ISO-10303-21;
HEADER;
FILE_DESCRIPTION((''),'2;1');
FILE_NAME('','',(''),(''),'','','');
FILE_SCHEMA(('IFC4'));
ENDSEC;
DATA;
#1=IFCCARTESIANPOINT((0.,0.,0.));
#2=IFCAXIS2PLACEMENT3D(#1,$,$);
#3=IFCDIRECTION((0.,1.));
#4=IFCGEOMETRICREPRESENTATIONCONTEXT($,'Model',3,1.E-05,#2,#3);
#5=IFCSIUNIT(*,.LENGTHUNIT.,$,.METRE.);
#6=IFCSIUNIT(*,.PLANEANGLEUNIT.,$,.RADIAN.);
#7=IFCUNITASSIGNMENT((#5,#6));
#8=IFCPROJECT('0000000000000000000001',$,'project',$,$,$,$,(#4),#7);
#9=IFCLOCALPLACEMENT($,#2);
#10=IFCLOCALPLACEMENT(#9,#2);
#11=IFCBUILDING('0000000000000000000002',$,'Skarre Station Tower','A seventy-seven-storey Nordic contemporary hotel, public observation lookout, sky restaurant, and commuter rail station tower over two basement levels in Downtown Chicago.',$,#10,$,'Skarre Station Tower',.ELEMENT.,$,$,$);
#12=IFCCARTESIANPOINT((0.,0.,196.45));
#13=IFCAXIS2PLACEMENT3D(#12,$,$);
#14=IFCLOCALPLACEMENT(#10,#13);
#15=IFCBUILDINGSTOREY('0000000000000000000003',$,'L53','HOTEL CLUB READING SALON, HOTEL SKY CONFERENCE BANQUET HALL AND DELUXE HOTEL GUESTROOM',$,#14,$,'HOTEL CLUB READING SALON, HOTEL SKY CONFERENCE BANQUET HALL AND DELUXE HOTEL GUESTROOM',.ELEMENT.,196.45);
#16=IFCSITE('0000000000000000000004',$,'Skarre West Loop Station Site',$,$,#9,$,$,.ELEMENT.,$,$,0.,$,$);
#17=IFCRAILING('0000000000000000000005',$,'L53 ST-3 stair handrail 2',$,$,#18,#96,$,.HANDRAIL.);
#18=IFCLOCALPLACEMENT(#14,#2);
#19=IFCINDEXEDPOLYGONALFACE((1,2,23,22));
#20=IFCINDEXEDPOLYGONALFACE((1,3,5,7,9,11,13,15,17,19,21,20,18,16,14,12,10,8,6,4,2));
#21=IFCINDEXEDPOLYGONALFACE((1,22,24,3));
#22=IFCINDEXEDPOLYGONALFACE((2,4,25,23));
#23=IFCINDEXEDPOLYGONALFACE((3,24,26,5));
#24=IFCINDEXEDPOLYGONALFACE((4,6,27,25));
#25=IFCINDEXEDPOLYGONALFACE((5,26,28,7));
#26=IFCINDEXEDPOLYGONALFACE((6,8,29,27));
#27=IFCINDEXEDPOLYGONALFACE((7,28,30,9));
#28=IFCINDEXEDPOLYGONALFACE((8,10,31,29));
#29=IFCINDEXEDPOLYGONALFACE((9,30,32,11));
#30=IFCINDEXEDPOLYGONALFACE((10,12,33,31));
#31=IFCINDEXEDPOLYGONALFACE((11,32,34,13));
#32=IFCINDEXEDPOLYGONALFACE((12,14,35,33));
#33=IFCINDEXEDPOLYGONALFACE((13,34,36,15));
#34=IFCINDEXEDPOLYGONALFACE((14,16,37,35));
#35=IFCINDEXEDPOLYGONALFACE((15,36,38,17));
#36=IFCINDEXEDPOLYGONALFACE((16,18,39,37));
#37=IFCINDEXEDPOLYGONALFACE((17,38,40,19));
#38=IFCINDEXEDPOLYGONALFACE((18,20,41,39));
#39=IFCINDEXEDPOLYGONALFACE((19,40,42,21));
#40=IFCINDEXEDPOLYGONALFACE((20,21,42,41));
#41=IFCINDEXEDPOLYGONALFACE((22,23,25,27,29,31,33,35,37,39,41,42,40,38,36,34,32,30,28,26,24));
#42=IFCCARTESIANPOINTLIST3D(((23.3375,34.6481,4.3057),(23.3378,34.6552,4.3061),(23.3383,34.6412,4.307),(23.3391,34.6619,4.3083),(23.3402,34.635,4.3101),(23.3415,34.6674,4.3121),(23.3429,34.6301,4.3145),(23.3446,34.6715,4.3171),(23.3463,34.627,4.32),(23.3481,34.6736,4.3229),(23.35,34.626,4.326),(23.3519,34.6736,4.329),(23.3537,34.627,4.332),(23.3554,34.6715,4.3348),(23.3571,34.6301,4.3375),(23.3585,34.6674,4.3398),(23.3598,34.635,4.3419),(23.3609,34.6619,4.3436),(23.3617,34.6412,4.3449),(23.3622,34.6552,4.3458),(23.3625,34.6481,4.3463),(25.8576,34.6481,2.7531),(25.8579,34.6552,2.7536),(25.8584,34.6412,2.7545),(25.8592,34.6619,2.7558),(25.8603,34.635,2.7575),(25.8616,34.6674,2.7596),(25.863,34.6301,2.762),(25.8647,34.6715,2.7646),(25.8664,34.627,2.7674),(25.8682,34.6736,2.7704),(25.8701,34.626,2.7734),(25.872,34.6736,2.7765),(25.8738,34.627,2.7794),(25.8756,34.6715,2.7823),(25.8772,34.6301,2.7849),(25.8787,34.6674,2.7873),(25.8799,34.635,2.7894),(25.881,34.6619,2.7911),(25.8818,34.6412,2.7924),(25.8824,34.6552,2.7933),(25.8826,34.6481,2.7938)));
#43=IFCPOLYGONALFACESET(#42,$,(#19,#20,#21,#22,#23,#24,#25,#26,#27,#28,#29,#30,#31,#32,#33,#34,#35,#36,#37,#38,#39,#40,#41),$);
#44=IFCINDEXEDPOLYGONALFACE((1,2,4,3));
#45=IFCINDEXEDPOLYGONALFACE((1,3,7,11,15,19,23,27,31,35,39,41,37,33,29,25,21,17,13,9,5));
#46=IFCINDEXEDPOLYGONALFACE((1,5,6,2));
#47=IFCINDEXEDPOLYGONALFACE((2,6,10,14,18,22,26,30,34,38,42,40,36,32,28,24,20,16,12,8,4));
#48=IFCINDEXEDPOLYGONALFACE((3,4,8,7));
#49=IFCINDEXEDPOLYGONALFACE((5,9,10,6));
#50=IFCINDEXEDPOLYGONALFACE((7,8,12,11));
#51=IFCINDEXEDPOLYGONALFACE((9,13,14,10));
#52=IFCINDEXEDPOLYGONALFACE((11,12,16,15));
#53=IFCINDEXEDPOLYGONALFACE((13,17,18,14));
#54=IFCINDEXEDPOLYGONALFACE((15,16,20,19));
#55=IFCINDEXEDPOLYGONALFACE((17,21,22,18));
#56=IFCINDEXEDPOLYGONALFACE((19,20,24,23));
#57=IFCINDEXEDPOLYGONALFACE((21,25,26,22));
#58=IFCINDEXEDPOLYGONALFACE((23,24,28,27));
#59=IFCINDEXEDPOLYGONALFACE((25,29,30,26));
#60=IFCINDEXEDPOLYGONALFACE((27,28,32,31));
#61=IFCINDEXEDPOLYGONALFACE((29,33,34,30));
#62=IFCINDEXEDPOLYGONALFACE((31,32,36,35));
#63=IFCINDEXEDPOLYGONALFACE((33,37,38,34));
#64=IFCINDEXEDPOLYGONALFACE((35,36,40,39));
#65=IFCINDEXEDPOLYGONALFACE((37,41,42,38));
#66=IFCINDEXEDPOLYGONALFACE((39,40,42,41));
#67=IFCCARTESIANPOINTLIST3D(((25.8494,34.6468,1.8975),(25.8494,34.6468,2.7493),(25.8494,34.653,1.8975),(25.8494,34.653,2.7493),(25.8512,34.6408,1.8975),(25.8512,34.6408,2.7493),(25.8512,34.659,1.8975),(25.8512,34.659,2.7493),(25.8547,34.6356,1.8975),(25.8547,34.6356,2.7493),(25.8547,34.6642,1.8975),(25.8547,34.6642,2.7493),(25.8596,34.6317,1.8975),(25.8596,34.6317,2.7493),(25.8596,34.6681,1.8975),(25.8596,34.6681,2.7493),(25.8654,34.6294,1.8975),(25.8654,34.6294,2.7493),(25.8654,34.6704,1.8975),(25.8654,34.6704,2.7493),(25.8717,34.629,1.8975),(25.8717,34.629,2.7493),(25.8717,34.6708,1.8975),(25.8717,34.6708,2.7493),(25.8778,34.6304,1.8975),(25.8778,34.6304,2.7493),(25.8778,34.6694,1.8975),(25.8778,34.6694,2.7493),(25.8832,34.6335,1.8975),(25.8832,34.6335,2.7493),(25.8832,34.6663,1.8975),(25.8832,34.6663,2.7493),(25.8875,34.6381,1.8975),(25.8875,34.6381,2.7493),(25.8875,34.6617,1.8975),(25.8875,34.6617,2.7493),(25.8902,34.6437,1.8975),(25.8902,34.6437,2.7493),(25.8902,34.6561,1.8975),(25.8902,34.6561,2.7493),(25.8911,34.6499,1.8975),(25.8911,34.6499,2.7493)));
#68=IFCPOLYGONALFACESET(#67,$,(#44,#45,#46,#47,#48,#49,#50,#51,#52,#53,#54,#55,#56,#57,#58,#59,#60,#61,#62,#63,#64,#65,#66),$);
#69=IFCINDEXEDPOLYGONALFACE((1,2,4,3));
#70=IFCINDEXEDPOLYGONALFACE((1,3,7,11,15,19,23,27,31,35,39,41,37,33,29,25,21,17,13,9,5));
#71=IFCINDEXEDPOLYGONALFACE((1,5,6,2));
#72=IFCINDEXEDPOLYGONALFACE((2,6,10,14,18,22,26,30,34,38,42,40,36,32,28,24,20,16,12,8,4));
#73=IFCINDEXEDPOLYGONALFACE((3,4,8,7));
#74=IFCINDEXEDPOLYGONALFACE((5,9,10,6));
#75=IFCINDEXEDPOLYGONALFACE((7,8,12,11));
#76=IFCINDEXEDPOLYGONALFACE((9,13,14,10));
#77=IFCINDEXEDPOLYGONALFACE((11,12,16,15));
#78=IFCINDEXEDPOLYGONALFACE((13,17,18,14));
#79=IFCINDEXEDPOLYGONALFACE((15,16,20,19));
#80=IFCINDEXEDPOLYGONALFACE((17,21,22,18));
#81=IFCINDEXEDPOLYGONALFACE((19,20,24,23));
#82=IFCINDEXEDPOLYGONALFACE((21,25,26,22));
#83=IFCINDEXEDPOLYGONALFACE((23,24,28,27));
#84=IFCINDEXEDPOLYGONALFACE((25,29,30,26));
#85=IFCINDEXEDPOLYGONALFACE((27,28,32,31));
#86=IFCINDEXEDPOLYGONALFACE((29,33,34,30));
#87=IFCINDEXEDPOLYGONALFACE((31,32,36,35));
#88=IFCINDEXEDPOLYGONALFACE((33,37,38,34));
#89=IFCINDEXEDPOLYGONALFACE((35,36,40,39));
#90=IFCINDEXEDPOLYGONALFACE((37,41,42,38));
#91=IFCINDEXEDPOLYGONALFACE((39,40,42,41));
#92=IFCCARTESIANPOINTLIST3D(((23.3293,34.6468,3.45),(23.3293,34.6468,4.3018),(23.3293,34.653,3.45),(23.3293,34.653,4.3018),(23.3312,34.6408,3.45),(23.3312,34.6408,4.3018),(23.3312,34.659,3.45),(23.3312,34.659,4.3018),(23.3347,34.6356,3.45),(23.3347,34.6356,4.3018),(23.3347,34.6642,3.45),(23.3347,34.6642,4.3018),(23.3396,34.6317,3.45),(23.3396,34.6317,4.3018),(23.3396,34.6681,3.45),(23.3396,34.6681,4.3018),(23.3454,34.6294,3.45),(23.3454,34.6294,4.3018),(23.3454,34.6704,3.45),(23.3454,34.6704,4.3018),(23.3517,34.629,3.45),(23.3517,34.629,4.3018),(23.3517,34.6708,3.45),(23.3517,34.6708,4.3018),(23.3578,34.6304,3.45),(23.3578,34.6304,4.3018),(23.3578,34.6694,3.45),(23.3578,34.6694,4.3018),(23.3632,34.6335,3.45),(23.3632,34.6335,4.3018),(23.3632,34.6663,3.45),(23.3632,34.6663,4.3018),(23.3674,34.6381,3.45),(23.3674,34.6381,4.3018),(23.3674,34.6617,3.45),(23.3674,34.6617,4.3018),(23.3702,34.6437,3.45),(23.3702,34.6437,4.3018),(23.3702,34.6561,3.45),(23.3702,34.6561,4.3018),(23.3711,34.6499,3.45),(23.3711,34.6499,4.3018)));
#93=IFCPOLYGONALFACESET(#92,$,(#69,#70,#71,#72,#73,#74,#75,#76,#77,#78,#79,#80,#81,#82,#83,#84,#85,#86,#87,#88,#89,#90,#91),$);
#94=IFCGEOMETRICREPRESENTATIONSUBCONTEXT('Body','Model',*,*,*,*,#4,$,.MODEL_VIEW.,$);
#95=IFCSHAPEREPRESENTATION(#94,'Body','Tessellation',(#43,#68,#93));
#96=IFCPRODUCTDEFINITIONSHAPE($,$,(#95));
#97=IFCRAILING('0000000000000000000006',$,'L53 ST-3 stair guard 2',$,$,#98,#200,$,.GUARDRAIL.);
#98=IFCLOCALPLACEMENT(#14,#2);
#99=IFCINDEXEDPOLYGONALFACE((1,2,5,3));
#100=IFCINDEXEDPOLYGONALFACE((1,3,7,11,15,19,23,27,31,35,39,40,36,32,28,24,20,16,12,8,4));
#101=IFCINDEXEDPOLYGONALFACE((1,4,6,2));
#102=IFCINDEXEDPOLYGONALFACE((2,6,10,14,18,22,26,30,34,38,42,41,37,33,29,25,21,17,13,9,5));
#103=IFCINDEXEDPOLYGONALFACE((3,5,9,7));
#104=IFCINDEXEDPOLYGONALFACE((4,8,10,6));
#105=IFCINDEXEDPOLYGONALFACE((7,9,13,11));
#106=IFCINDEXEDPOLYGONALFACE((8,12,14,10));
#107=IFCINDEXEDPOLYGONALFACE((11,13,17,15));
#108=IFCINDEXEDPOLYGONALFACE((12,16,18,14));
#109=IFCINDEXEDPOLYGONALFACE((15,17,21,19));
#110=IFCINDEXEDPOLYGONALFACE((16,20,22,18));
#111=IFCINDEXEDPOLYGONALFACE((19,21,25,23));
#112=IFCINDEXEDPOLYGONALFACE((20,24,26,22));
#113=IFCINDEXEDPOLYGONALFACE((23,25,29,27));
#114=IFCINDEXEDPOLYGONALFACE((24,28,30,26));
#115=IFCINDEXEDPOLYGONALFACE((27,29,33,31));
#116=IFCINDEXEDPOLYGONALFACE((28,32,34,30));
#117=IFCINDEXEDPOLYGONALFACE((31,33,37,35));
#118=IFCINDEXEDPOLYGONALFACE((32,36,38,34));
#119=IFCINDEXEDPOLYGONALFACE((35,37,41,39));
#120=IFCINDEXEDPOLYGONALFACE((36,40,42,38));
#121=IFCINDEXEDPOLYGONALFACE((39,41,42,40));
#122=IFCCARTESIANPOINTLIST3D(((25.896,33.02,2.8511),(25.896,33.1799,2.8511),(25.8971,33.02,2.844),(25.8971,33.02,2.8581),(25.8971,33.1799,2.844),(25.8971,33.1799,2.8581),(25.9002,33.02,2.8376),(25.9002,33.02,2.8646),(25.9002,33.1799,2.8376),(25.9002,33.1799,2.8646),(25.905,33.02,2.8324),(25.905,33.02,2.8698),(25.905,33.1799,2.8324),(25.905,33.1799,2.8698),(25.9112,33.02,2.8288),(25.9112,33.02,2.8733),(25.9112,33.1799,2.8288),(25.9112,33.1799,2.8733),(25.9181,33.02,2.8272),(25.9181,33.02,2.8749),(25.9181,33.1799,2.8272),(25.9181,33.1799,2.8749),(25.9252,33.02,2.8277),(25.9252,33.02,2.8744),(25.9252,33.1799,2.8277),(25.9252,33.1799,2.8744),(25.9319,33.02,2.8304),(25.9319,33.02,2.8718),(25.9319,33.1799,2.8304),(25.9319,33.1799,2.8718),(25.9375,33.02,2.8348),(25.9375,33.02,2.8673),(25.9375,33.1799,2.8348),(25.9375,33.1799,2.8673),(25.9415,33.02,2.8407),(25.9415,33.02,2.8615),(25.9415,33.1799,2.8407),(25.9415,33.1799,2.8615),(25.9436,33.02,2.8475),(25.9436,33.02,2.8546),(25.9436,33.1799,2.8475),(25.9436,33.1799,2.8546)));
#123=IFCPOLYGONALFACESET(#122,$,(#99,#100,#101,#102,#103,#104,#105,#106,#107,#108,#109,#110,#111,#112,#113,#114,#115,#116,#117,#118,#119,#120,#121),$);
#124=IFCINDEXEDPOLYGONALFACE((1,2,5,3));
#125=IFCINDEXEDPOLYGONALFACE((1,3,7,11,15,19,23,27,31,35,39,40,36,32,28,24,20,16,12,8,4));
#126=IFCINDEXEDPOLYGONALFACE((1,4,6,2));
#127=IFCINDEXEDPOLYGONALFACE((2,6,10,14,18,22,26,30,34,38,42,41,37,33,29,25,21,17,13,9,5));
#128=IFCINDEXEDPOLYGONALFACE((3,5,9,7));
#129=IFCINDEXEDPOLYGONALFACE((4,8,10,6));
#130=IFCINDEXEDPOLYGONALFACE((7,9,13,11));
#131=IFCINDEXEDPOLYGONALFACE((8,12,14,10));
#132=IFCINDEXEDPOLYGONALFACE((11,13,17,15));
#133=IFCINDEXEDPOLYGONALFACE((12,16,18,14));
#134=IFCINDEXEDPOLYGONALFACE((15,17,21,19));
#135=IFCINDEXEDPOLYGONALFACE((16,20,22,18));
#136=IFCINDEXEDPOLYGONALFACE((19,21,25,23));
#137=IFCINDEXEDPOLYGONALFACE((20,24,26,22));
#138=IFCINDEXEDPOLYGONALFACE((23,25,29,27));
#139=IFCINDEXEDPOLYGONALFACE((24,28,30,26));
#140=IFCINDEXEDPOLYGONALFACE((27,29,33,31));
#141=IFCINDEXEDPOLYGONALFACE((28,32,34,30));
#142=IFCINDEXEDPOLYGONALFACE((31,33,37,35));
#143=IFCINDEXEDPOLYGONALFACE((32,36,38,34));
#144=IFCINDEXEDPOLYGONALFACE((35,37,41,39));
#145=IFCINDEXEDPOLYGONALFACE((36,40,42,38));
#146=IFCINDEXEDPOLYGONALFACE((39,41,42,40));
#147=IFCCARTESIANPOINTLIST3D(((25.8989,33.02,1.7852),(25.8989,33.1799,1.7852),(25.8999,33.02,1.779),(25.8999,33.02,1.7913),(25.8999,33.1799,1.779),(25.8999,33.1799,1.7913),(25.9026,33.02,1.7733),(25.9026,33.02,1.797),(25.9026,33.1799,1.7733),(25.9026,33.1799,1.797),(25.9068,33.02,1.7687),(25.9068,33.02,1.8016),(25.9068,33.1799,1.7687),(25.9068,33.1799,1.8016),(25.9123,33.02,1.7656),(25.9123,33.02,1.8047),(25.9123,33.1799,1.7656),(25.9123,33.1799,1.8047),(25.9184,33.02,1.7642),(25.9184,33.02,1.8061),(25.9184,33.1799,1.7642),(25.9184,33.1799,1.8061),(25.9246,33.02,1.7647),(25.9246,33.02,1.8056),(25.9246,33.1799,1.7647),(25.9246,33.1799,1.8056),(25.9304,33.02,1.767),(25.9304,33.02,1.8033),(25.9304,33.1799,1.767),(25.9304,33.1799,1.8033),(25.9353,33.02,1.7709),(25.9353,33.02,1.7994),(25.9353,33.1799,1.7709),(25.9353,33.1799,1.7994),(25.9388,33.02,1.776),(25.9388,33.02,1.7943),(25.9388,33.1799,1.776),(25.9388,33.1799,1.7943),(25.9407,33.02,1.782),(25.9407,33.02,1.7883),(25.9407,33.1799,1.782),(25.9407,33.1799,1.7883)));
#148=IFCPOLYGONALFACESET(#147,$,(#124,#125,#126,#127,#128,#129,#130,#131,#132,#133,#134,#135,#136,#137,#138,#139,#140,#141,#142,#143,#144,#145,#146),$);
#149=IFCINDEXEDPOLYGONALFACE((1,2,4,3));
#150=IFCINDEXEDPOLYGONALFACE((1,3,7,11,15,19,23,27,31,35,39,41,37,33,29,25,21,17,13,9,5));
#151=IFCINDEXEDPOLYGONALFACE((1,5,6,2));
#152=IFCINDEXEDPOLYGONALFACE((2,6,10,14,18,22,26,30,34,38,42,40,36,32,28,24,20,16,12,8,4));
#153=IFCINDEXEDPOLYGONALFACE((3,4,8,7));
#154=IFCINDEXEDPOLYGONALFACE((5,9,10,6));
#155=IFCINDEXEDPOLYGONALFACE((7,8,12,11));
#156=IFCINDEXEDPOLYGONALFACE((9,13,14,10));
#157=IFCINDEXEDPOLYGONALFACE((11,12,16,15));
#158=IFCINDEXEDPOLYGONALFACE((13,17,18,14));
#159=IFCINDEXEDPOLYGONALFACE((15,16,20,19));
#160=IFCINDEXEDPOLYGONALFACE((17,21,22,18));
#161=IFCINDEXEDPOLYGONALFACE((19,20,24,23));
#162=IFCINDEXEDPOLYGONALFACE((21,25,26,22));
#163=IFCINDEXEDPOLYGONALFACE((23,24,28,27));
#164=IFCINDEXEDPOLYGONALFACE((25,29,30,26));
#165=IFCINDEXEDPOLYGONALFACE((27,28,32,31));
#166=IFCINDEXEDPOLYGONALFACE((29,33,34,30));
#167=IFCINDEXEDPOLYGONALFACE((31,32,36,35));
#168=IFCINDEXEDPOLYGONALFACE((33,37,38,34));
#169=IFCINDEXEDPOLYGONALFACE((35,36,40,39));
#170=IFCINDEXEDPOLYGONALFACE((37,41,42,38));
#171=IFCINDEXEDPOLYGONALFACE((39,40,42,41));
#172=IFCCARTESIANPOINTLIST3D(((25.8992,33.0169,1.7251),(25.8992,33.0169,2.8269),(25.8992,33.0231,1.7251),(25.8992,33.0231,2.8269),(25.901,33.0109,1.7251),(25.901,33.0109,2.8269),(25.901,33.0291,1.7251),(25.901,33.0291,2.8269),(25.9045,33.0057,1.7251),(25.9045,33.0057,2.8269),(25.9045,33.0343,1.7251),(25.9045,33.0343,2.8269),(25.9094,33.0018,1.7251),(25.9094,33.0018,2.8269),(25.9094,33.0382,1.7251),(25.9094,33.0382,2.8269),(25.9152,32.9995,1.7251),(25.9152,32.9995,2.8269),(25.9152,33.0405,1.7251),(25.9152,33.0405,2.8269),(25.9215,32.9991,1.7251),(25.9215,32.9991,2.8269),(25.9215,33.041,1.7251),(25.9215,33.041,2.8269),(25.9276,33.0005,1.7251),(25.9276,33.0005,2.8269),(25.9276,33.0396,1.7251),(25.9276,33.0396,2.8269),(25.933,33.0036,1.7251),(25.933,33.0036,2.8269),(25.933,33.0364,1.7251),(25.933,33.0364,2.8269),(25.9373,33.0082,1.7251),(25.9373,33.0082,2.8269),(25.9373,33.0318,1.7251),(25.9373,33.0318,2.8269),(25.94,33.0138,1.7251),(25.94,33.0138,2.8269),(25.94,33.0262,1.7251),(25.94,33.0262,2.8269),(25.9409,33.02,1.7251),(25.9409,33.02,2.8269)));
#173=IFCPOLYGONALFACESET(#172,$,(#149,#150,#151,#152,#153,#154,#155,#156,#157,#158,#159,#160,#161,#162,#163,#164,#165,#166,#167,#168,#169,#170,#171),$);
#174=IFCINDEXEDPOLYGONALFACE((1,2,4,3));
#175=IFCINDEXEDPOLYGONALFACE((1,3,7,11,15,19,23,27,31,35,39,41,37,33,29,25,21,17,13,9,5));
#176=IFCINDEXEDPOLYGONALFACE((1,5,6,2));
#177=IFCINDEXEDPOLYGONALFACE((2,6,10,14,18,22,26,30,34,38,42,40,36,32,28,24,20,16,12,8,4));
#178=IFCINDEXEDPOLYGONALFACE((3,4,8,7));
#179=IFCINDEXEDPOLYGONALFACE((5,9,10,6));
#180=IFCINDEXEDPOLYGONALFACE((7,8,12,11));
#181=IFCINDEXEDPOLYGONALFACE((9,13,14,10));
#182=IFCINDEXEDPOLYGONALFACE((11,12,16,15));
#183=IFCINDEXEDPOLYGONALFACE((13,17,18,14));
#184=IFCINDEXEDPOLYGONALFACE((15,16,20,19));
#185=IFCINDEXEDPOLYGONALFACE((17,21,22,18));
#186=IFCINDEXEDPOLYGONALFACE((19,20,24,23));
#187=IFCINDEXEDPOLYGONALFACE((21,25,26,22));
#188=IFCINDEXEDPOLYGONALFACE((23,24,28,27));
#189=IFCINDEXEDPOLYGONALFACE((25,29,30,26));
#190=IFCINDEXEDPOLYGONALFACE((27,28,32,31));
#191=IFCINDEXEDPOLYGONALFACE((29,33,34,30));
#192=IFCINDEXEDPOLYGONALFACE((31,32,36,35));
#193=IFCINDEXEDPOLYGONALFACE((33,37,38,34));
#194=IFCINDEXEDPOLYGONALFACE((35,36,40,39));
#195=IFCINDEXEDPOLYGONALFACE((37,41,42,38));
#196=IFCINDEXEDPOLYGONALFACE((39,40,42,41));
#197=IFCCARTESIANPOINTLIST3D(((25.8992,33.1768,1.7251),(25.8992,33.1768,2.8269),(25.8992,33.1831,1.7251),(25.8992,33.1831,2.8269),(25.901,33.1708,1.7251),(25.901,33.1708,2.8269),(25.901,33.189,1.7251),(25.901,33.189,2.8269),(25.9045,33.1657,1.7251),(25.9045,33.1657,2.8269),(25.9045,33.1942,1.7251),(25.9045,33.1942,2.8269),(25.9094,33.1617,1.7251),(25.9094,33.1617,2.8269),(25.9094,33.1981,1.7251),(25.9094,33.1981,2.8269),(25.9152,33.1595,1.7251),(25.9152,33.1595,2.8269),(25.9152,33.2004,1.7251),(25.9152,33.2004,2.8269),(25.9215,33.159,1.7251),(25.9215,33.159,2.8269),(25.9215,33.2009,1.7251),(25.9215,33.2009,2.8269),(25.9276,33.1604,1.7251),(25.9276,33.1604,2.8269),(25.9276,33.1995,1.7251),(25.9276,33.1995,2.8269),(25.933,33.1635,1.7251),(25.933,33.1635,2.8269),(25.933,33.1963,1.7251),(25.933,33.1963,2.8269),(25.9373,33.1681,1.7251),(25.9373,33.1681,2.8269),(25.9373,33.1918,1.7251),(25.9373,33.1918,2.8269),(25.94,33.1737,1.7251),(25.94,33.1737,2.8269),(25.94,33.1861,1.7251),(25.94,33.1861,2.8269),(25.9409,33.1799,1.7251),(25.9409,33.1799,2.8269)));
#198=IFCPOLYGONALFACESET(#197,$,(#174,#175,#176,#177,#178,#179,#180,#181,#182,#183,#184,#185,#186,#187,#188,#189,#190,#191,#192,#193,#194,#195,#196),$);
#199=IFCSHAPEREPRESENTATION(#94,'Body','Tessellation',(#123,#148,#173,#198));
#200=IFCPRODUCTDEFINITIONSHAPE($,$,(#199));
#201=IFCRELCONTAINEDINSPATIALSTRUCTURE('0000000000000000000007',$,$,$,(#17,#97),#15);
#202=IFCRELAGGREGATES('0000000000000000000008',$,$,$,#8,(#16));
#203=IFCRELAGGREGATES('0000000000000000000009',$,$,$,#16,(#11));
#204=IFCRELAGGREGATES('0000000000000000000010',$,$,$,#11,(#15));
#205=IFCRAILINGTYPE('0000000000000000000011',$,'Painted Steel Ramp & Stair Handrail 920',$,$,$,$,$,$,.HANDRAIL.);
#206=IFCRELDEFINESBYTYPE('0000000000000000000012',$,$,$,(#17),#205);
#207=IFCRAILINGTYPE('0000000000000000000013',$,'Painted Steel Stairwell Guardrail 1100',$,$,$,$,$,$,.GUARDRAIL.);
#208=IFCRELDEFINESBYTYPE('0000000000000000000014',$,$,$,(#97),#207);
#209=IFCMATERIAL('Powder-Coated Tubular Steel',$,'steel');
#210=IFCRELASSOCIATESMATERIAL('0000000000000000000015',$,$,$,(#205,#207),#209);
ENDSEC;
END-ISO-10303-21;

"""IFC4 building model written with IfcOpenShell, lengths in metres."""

from ifc_helpers import new_model, si_unit, direction, frame, origin, origin_2d, place, context, subcontext, project, spatial, circle, extrude, material, type_object, element, save


model = new_model("IFC4")

# Units and contexts
model_context = context("Model", 3, precision=1e-05, world=origin(), true_north=direction((0.0, 1.0)))
body_context = subcontext(model_context, "Body", "Model", "MODEL_VIEW")
ifc_project = project(units=[si_unit("LENGTHUNIT", "METRE"), si_unit("PLANEANGLEUNIT", "RADIAN")], contexts=[model_context])

# Site, building, storey
site_placement = place(None, origin())
site = spatial("IfcSite", under=ifc_project, at=site_placement, Name="Skarre West Loop Station Site", CompositionType="ELEMENT", RefElevation=0.0)
building_placement = place(site_placement, origin())
building = spatial("IfcBuilding", under=site, at=building_placement, Name="Skarre Station Tower", Description="A seventy-seven-storey Nordic contemporary hotel, public observation lookout, sky restaurant, and commuter rail station tower over two basement levels in Downtown Chicago.", LongName="Skarre Station Tower", CompositionType="ELEMENT")
storey_placement = place(building_placement, frame((0.0, 0.0, 196.45)))
storey = spatial("IfcBuildingStorey", under=building, at=storey_placement, Name="L53", Description="HOTEL CLUB READING SALON, HOTEL SKY CONFERENCE BANQUET HALL AND DELUXE HOTEL GUESTROOM", LongName="HOTEL CLUB READING SALON, HOTEL SKY CONFERENCE BANQUET HALL AND DELUXE HOTEL GUESTROOM", CompositionType="ELEMENT", Elevation=196.45)

# Railings
ifc_material_1 = material(Name="Powder-Coated Tubular Steel", Category="steel")
railing_type_1 = type_object("IfcRailingType", Name="Painted Steel Ramp & Stair Handrail 920", PredefinedType="HANDRAIL", material=ifc_material_1)
railing_1_placement = place(storey_placement, frame((25.8701, 34.6499, 1.8975)))
element("IfcRailing", 1, at=railing_1_placement, inside=storey, type_object=railing_type_1, Name="L53 ST-3 stair handrail 2", PredefinedType="HANDRAIL", context=body_context, shape_type="SweptSolid", body=[
    extrude(circle(Radius=0.0239, at=origin_2d()), frame((0.0, 0.0, 0.876), z_axis=(-0.8514, 0.0, 0.524516), x_axis=(0.0, -1.0, 0.0)), (0.0, 0.0, 1.0), 2.96),
    extrude(circle(Radius=0.021, at=origin_2d()), origin(), (0.0, 0.0, 1.0), 0.8518),
    extrude(circle(Radius=0.021, at=origin_2d()), frame((-2.52, 0.0, 1.5525)), (0.0, 0.0, 1.0), 0.8518),
])
railing_type_2 = type_object("IfcRailingType", Name="Painted Steel Stairwell Guardrail 1100", PredefinedType="GUARDRAIL", material=ifc_material_1)
railing_2_placement = place(storey_placement, frame((25.9199, 33.02, 1.7251)))
element("IfcRailing", 2, at=railing_2_placement, inside=storey, type_object=railing_type_2, Name="L53 ST-3 stair guard 2", PredefinedType="GUARDRAIL", context=body_context, shape_type="SweptSolid", body=[
    extrude(circle(Radius=0.0239, at=origin_2d()), frame((0.0, 0.0, 1.126), z_axis=(0.0, 1.0, 0.0), x_axis=(-1.0, 0.0, 0.0)), (0.0, 0.0, 1.0), 0.1599),
    extrude(circle(Radius=0.021, at=origin_2d()), frame((0.0, 0.0, 0.0601), z_axis=(0.0, 1.0, 0.0), x_axis=(-1.0, 0.0, 0.0)), (0.0, 0.0, 1.0), 0.1599),
    extrude(circle(Radius=0.021, at=origin_2d()), origin(), (0.0, 0.0, 1.0), 1.1018),
    extrude(circle(Radius=0.021, at=origin_2d()), frame((0.0, 0.1599, 0.0)), (0.0, 0.0, 1.0), 1.1018),
])

save(model, "model.ifc")
